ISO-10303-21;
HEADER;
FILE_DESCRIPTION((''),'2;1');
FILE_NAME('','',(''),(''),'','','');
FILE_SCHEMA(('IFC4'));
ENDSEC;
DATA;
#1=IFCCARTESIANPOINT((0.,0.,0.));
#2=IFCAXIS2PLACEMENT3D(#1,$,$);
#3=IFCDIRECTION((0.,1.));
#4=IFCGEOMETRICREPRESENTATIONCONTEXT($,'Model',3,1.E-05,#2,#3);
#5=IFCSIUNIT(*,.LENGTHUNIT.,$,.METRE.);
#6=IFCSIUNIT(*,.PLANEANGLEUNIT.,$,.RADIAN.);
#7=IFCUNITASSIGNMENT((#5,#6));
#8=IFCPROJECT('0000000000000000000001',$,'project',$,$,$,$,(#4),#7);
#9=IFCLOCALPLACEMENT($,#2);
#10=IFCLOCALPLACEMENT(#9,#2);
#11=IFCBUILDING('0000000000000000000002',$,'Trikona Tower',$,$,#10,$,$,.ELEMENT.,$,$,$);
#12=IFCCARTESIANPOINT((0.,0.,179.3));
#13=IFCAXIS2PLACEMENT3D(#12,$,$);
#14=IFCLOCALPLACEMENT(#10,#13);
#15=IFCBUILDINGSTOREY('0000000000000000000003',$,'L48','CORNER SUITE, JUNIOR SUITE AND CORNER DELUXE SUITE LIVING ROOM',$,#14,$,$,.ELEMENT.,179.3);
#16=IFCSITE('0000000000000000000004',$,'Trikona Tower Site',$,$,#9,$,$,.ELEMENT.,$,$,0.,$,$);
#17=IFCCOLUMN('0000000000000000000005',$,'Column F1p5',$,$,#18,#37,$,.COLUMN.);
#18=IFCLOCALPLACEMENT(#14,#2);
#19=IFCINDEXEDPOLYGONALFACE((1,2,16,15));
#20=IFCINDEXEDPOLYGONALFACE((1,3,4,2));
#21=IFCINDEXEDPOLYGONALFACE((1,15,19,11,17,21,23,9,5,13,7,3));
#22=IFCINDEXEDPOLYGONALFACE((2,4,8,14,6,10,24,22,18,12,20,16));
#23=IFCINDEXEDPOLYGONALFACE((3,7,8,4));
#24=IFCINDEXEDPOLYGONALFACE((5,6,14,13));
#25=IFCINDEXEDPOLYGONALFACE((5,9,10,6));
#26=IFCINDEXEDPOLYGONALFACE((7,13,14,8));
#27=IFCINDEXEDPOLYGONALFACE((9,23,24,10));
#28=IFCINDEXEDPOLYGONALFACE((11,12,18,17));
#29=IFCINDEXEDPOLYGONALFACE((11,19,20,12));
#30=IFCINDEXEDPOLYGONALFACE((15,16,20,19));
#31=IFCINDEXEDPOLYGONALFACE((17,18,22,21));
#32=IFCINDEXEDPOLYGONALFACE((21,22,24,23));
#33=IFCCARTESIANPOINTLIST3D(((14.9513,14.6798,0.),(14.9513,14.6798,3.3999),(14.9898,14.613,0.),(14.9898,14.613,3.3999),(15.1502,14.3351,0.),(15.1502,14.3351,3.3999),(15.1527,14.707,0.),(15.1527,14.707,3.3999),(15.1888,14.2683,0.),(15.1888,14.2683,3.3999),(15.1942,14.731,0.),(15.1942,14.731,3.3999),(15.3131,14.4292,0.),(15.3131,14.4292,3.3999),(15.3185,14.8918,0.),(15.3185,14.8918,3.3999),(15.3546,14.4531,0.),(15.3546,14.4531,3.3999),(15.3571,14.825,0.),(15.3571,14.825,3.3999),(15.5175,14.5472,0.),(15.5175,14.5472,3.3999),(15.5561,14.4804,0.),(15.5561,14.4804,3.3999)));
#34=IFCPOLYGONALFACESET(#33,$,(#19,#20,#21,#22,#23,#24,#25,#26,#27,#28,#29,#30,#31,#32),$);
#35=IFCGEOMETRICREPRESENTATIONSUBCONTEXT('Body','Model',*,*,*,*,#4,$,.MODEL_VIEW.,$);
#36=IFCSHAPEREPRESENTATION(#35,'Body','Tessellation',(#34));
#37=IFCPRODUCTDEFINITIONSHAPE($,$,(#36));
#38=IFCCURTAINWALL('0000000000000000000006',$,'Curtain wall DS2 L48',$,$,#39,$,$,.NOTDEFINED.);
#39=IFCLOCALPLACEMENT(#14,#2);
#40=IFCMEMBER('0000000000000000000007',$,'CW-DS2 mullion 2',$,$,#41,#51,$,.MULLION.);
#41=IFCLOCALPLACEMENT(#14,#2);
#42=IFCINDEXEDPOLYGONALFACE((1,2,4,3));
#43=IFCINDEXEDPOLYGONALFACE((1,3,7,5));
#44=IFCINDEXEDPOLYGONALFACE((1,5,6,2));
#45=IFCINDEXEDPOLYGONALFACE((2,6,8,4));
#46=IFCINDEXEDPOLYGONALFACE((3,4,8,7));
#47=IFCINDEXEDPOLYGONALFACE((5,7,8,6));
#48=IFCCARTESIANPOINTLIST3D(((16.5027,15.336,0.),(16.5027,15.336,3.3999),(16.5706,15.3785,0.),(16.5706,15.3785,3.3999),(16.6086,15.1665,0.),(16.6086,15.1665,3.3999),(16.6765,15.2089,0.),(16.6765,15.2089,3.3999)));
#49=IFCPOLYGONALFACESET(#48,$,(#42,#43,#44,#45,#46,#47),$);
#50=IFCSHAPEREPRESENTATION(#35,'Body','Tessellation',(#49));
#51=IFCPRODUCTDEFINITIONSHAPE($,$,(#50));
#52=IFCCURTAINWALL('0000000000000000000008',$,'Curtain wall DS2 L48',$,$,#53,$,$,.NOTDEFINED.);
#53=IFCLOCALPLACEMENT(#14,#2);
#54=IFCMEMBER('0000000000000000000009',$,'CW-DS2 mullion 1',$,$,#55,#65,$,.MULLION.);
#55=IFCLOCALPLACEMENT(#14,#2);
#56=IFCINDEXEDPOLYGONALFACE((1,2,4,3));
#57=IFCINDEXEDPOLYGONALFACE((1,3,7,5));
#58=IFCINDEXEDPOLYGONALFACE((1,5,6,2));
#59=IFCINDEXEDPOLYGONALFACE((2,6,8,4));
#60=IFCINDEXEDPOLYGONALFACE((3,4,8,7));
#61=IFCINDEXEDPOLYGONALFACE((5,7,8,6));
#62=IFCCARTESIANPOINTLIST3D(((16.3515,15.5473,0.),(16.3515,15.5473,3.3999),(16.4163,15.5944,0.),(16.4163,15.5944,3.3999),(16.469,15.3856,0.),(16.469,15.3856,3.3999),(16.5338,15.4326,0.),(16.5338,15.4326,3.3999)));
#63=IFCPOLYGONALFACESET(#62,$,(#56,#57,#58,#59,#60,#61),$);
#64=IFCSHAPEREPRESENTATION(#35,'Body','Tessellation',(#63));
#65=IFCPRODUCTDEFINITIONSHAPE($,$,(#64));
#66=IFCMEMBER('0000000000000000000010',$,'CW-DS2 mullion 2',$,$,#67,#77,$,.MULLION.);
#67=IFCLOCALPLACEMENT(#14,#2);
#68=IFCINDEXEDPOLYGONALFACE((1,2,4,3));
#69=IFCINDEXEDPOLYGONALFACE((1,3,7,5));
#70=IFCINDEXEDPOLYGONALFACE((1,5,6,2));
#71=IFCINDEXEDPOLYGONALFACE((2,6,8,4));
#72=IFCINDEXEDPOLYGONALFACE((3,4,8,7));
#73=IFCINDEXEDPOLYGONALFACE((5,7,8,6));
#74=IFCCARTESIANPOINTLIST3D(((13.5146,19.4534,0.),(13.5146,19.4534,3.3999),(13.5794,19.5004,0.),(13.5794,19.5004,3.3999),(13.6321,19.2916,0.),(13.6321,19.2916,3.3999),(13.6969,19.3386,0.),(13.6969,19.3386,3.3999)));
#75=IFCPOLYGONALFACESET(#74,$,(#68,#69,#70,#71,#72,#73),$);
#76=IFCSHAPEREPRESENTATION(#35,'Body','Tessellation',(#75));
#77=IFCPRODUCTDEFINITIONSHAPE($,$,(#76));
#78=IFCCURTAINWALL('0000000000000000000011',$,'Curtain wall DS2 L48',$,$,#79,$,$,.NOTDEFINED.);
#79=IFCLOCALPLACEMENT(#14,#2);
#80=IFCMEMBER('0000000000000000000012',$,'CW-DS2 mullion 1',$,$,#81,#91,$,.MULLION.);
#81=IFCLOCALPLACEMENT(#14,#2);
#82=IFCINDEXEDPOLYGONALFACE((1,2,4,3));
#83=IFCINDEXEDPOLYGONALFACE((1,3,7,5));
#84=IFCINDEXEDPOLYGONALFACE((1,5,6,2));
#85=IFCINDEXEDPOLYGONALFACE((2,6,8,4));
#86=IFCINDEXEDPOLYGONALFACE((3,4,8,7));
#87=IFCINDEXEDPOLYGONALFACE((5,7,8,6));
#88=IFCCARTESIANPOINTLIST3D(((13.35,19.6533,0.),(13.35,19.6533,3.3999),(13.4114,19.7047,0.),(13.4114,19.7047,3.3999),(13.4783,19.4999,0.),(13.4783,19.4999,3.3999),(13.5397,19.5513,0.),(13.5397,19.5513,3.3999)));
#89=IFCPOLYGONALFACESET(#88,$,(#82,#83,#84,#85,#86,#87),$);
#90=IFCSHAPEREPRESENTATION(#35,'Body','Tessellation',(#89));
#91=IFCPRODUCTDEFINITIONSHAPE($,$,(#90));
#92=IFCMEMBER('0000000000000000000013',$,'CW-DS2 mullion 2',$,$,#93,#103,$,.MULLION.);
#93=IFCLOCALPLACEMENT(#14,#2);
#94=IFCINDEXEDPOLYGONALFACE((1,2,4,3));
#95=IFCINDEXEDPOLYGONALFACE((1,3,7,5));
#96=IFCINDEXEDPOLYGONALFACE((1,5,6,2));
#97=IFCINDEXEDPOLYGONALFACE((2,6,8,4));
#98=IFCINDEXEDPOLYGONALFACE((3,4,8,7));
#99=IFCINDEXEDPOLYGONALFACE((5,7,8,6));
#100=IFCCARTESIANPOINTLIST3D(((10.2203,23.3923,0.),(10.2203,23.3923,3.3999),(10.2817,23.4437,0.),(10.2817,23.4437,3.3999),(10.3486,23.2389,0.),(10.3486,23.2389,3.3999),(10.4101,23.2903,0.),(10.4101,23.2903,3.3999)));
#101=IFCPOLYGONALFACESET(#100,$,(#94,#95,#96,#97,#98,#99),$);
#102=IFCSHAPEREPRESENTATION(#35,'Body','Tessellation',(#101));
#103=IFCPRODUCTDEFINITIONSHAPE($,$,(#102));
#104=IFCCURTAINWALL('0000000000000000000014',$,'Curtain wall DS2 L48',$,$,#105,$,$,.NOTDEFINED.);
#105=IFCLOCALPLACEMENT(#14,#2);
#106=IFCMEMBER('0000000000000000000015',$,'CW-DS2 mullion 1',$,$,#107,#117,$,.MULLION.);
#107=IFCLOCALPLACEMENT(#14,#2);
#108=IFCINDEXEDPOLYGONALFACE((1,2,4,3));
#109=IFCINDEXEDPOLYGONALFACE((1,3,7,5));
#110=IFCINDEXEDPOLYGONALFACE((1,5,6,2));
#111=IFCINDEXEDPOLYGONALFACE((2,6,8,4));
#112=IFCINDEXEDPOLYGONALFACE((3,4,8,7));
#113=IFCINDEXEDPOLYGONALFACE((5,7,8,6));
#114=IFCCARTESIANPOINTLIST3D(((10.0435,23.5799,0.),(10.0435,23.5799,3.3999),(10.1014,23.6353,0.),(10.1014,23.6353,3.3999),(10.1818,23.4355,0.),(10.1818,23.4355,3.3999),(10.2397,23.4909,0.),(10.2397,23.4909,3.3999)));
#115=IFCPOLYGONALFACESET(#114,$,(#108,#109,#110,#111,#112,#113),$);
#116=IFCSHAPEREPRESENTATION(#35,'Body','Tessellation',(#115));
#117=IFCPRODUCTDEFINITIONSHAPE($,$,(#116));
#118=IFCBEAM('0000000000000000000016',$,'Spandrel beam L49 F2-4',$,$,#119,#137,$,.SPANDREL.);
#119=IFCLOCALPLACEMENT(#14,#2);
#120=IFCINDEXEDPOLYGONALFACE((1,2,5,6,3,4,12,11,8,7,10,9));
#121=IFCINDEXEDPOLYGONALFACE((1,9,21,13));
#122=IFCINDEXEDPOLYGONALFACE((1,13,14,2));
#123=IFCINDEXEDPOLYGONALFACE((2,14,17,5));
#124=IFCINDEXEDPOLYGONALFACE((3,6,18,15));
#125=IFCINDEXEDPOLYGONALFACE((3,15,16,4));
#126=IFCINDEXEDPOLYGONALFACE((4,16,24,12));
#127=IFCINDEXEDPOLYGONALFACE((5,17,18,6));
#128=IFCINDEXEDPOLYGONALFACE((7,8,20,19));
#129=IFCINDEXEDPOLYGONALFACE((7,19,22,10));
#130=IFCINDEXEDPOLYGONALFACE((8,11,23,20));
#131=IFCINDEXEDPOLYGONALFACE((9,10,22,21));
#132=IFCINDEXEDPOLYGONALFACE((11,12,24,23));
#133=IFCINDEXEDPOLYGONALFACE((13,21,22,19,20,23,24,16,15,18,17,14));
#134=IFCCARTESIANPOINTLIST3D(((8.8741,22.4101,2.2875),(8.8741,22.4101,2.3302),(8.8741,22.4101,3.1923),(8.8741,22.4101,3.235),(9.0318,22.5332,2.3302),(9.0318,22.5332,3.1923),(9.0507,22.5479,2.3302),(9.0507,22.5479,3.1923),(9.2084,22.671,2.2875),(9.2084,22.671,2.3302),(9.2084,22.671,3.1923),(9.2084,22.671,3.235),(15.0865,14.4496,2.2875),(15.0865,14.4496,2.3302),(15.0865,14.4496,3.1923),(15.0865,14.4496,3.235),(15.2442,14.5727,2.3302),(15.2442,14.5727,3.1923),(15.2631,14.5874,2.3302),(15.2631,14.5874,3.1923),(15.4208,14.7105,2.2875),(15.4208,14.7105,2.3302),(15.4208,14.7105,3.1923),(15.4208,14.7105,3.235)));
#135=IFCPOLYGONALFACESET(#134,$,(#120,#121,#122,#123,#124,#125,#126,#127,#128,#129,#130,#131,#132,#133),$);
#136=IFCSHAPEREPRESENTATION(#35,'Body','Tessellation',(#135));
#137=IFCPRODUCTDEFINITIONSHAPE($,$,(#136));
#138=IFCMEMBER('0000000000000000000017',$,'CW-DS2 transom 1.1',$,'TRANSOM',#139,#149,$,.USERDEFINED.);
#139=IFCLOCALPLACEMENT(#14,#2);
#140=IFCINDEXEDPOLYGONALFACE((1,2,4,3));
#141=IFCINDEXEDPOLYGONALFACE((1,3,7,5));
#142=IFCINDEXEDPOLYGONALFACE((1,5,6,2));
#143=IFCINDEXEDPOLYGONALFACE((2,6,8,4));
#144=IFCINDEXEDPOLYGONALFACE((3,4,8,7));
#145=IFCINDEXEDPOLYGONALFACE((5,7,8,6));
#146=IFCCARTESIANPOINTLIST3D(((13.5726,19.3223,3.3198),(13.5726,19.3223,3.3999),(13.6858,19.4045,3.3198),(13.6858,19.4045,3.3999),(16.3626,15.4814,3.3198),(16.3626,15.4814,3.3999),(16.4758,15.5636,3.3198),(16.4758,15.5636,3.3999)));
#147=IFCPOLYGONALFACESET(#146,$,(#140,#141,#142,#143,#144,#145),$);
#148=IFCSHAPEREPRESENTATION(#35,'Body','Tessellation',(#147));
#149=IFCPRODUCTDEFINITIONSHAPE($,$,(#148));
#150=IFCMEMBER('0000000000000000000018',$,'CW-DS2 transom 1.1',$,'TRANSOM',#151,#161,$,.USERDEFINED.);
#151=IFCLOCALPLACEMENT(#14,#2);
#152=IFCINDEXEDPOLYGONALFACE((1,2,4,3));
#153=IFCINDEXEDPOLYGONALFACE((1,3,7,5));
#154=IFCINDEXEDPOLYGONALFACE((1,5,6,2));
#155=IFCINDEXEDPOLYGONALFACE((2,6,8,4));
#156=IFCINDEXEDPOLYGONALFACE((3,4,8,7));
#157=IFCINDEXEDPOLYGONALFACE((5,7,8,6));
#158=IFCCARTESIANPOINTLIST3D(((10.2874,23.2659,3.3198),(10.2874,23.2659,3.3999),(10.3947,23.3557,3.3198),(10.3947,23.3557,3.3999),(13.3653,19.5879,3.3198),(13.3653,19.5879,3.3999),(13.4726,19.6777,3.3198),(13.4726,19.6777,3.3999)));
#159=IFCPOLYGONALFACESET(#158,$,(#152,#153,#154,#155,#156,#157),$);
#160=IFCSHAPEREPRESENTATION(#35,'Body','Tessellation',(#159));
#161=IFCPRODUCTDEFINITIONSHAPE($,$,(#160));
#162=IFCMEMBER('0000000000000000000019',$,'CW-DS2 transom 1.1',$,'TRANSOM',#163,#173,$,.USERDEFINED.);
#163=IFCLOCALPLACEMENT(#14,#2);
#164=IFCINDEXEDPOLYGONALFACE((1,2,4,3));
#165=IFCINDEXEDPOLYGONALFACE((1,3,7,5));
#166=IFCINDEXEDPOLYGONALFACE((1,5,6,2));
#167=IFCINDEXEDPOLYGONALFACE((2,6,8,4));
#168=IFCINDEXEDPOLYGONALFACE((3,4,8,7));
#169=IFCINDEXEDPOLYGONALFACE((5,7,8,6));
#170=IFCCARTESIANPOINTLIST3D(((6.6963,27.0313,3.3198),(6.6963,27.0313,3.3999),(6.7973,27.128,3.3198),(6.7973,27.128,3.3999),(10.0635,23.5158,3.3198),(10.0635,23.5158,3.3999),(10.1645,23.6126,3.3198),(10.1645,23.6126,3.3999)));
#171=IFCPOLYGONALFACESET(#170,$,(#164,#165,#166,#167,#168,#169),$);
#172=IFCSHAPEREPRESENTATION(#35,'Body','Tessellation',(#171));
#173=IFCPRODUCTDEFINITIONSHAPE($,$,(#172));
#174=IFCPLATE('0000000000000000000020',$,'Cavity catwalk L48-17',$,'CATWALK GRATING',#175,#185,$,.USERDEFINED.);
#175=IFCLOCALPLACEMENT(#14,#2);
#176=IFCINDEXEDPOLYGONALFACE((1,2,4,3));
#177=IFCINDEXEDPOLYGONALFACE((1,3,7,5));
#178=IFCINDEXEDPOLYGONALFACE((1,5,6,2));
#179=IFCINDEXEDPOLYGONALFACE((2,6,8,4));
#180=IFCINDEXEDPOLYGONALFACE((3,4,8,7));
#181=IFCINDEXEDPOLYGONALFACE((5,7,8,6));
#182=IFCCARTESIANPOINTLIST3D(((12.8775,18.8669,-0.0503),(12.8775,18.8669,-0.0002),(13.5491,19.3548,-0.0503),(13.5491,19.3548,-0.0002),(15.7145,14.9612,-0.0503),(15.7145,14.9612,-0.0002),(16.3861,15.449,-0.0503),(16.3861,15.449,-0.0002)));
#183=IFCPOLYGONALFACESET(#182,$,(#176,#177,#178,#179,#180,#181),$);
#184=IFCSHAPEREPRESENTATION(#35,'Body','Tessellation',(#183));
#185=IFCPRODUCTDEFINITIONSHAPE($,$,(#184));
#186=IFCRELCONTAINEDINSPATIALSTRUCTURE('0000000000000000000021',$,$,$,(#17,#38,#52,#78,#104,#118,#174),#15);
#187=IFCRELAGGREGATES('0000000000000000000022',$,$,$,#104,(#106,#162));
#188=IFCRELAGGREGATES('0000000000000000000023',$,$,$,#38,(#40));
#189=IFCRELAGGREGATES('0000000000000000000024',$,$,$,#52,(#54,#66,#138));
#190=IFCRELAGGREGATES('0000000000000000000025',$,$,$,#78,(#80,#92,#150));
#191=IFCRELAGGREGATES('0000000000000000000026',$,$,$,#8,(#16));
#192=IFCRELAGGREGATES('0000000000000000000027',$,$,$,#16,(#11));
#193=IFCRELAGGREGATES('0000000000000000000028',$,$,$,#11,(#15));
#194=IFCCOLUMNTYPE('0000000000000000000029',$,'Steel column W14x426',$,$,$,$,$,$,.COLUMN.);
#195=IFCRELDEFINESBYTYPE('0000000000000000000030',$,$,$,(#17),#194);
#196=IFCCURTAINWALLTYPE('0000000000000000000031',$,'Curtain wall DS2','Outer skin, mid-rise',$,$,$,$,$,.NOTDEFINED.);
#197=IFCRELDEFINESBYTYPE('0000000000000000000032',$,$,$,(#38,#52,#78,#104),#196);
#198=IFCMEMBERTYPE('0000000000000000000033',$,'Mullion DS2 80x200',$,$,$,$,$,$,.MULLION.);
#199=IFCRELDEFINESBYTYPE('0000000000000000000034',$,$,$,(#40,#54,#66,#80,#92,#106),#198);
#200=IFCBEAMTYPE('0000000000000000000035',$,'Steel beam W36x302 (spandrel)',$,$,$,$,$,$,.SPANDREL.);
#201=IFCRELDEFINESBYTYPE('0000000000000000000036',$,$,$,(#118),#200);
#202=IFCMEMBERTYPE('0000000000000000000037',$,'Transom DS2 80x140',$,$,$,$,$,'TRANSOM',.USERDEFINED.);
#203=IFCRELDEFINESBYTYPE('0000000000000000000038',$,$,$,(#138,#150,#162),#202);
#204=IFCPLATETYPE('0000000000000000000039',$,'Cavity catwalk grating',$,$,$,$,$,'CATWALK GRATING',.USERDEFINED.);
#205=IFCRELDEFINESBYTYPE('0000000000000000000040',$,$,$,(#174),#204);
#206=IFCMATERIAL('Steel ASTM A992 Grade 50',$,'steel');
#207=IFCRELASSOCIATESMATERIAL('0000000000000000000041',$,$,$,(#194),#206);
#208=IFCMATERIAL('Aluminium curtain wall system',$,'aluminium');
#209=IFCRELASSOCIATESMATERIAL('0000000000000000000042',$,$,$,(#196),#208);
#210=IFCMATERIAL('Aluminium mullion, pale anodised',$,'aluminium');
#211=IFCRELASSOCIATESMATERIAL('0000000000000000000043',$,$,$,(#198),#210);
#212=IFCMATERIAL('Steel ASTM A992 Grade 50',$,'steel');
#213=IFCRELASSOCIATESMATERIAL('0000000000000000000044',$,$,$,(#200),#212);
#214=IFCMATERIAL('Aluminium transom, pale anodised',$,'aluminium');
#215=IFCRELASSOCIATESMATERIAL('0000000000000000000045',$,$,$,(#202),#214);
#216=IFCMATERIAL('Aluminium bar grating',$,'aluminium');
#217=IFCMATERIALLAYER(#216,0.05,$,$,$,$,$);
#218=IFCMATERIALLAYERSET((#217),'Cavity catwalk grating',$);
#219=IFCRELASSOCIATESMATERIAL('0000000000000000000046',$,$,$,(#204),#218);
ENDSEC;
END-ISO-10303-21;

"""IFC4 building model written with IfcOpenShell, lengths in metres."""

from ifc_helpers import new_model, si_unit, direction, frame, origin, origin_2d, place, context, subcontext, project, spatial, rectangle, i_section, extrude, material, layer, layer_set, material_profile, profile_set, type_object, element, aggregate, save


model = new_model("IFC4")

# Units and contexts
model_context = context("Model", 3, precision=1e-05, world=origin(), true_north=direction((0.0, 1.0)))
body_context = subcontext(model_context, "Body", "Model", "MODEL_VIEW")
ifc_project = project(units=[si_unit("LENGTHUNIT", "METRE"), si_unit("PLANEANGLEUNIT", "RADIAN")], contexts=[model_context])

# Site, building, storey
site_placement = place(None, origin())
site = spatial("IfcSite", under=ifc_project, at=site_placement, Name="Trikona Tower Site", CompositionType="ELEMENT", RefElevation=0.0)
building_placement = place(site_placement, origin())
building = spatial("IfcBuilding", under=site, at=building_placement, Name="Trikona Tower", CompositionType="ELEMENT")
storey_placement = place(building_placement, frame((0.0, 0.0, 179.3)))
storey = spatial("IfcBuildingStorey", under=building, at=storey_placement, Name="L48", Description="CORNER SUITE, JUNIOR SUITE AND CORNER DELUXE SUITE LIVING ROOM", CompositionType="ELEMENT", Elevation=179.3)

# Column
ifc_material_1 = material(Name="Steel ASTM A992 Grade 50", Category="steel")
ifc_material_profile_1 = material_profile(ifc_material_1, i_section(OverallWidth=0.4241, OverallDepth=0.4751, WebThickness=0.0479, FlangeThickness=0.0771, at=origin_2d()), Name="W14X426")
ifc_profile_set_1 = profile_set([ifc_material_profile_1], Name="Steel ASTM A992 Grade 50")
column_type = type_object("IfcColumnType", Name="Steel column W14x426", PredefinedType="COLUMN", material=ifc_profile_set_1)
column_placement = place(storey_placement, frame((15.2537, 14.5801, 0.0), z_axis=(0.0, 0.0, 1.0), x_axis=(0.866025, 0.5, 0.0)))
element("IfcColumn", 1, at=column_placement, inside=storey, type_object=column_type, Name="Column F1p5", PredefinedType="COLUMN", context=body_context, shape_type="SweptSolid", body=[
    extrude(i_section(OverallWidth=0.4241, OverallDepth=0.4751, WebThickness=0.0479, FlangeThickness=0.0771, at=origin_2d()), origin(), (0.0, 0.0, 1.0), 3.3999),
])

# Curtain wall, member
ifc_material_2 = material(Name="Aluminium curtain wall system", Category="aluminium")
curtain_wall_type = type_object("IfcCurtainWallType", Name="Curtain wall DS2", Description="Outer skin, mid-rise", PredefinedType="NOTDEFINED", material=ifc_material_2)
curtain_wall_1_placement = place(storey_placement, origin())
curtain_wall_1 = element("IfcCurtainWall", 2, at=curtain_wall_1_placement, inside=storey, type_object=curtain_wall_type, Name="Curtain wall DS2 L48", PredefinedType="NOTDEFINED")
ifc_material_3 = material(Name="Aluminium mullion, pale anodised", Category="aluminium")
ifc_material_profile_2 = material_profile(ifc_material_3, rectangle(XDim=0.0801, YDim=0.2, at=origin_2d()), Name="MUL-DS2")
ifc_profile_set_2 = profile_set([ifc_material_profile_2], Name="Aluminium mullion, pale anodised")
member_type_1 = type_object("IfcMemberType", Name="Mullion DS2 80x200", PredefinedType="MULLION", material=ifc_profile_set_2)
member_1_placement = place(storey_placement, frame((16.5896, 15.2725, 0.0), z_axis=(0.0, 0.0, 1.0), x_axis=(-0.847998, -0.529999, 0.0)))
member_1 = element("IfcMember", 3, at=member_1_placement, type_object=member_type_1, Name="CW-DS2 mullion 2", PredefinedType="MULLION", context=body_context, shape_type="SweptSolid", body=[
    extrude(rectangle(XDim=0.0801, YDim=0.2, at=origin_2d()), origin(), (0.0, 0.0, 1.0), 3.3999),
])

# Curtain walls, members
curtain_wall_2_placement = place(storey_placement, origin())
curtain_wall_2 = element("IfcCurtainWall", 4, at=curtain_wall_2_placement, inside=storey, type_object=curtain_wall_type, Name="Curtain wall DS2 L48", PredefinedType="NOTDEFINED")
member_2_placement = place(storey_placement, frame((16.4426, 15.49, 0.0), z_axis=(0.0, 0.0, 1.0), x_axis=(-0.809086, -0.587691, 0.0)))
member_2 = element("IfcMember", 5, at=member_2_placement, type_object=member_type_1, Name="CW-DS2 mullion 1", PredefinedType="MULLION", context=body_context, shape_type="SweptSolid", body=[
    extrude(rectangle(XDim=0.0801, YDim=0.2, at=origin_2d()), origin(), (0.0, 0.0, 1.0), 3.3999),
])
member_3_placement = place(storey_placement, frame((13.6057, 19.396, 0.0), z_axis=(0.0, 0.0, 1.0), x_axis=(-0.809086, -0.587691, 0.0)))
member_3 = element("IfcMember", 6, at=member_3_placement, type_object=member_type_1, Name="CW-DS2 mullion 2", PredefinedType="MULLION", context=body_context, shape_type="SweptSolid", body=[
    extrude(rectangle(XDim=0.0801, YDim=0.2, at=origin_2d()), origin(), (0.0, 0.0, 1.0), 3.3999),
])
curtain_wall_3_placement = place(storey_placement, origin())
curtain_wall_3 = element("IfcCurtainWall", 7, at=curtain_wall_3_placement, inside=storey, type_object=curtain_wall_type, Name="Curtain wall DS2 L48", PredefinedType="NOTDEFINED")
member_4_placement = place(storey_placement, frame((13.4448, 19.6023, 0.0), z_axis=(0.0, 0.0, 1.0), x_axis=(-0.766867, -0.641806, 0.0)))
member_4 = element("IfcMember", 8, at=member_4_placement, type_object=member_type_1, Name="CW-DS2 mullion 1", PredefinedType="MULLION", context=body_context, shape_type="SweptSolid", body=[
    extrude(rectangle(XDim=0.0801, YDim=0.2, at=origin_2d()), origin(), (0.0, 0.0, 1.0), 3.3999),
])
member_5_placement = place(storey_placement, frame((10.3152, 23.3413, 0.0), z_axis=(0.0, 0.0, 1.0), x_axis=(-0.766867, -0.641806, 0.0)))
member_5 = element("IfcMember", 9, at=member_5_placement, type_object=member_type_1, Name="CW-DS2 mullion 2", PredefinedType="MULLION", context=body_context, shape_type="SweptSolid", body=[
    extrude(rectangle(XDim=0.0801, YDim=0.2, at=origin_2d()), origin(), (0.0, 0.0, 1.0), 3.3999),
])

# Curtain wall, member
curtain_wall_4_placement = place(storey_placement, origin())
curtain_wall_4 = element("IfcCurtainWall", 10, at=curtain_wall_4_placement, inside=storey, type_object=curtain_wall_type, Name="Curtain wall DS2 L48", PredefinedType="NOTDEFINED")
member_6_placement = place(storey_placement, frame((10.1416, 23.5354, 0.0), z_axis=(0.0, 0.0, 1.0), x_axis=(-0.722158, -0.691728, 0.0)))
member_6 = element("IfcMember", 11, at=member_6_placement, type_object=member_type_1, Name="CW-DS2 mullion 1", PredefinedType="MULLION", context=body_context, shape_type="SweptSolid", body=[
    extrude(rectangle(XDim=0.0801, YDim=0.2, at=origin_2d()), origin(), (0.0, 0.0, 1.0), 3.3999),
])

# Beam
ifc_material_4 = material(Name="Steel ASTM A992 Grade 50", Category="steel")
ifc_material_profile_3 = material_profile(ifc_material_4, i_section(OverallWidth=0.4241, OverallDepth=0.9475, WebThickness=0.0239, FlangeThickness=0.0427, at=origin_2d()), Name="W36X302")
ifc_profile_set_3 = profile_set([ifc_material_profile_3], Name="Steel ASTM A992 Grade 50")
beam_type = type_object("IfcBeamType", Name="Steel beam W36x302 (spandrel)", PredefinedType="SPANDREL", material=ifc_profile_set_3)
beam_placement = place(storey_placement, frame((15.2537, 14.5801, 2.7612), z_axis=(-0.615232, 0.788346, 0.0), x_axis=(-0.788346, -0.615232, 0.0)))
element("IfcBeam", 12, at=beam_placement, inside=storey, type_object=beam_type, Name="Spandrel beam L49 F2-4", PredefinedType="SPANDREL", context=body_context, shape_type="SweptSolid", body=[
    extrude(i_section(OverallWidth=0.4241, OverallDepth=0.9475, WebThickness=0.0239, FlangeThickness=0.0427, at=origin_2d()), origin(), (0.0, 0.0, 1.0), 10.0977),
])

# Members
ifc_material_5 = material(Name="Aluminium transom, pale anodised", Category="aluminium")
ifc_material_profile_4 = material_profile(ifc_material_5, rectangle(XDim=0.1399, YDim=0.0801, at=origin_2d()), Name="TRN-DS2")
ifc_profile_set_4 = profile_set([ifc_material_profile_4], Name="Aluminium transom, pale anodised")
member_type_2 = type_object("IfcMemberType", Name="Transom DS2 80x140", ElementType="TRANSOM", PredefinedType="USERDEFINED", material=ifc_profile_set_4)
member_7_placement = place(storey_placement, frame((16.4192, 15.5225, 3.3599), z_axis=(-0.587695, 0.809083, 0.0), x_axis=(-0.809083, -0.587695, 0.0)))
member_7 = element("IfcMember", 13, at=member_7_placement, type_object=member_type_2, Name="CW-DS2 transom 1.1", ObjectType="TRANSOM", PredefinedType="USERDEFINED", context=body_context, shape_type="SweptSolid", body=[
    extrude(rectangle(XDim=0.1399, YDim=0.0801, at=origin_2d()), origin(), (0.0, 0.0, 1.0), 4.7473),
])
member_8_placement = place(storey_placement, frame((13.4189, 19.6328, 3.3599), z_axis=(-0.64177, 0.766897, 0.0), x_axis=(-0.766897, -0.64177, 0.0)))
member_8 = element("IfcMember", 14, at=member_8_placement, type_object=member_type_2, Name="CW-DS2 transom 1.1", ObjectType="TRANSOM", PredefinedType="USERDEFINED", context=body_context, shape_type="SweptSolid", body=[
    extrude(rectangle(XDim=0.1399, YDim=0.0801, at=origin_2d()), origin(), (0.0, 0.0, 1.0), 4.7959),
])
member_9_placement = place(storey_placement, frame((10.114, 23.5642, 3.3599), z_axis=(-0.691721, 0.722165, 0.0), x_axis=(-0.722165, -0.691721, 0.0)))
member_9 = element("IfcMember", 15, at=member_9_placement, type_object=member_type_2, Name="CW-DS2 transom 1.1", ObjectType="TRANSOM", PredefinedType="USERDEFINED", context=body_context, shape_type="SweptSolid", body=[
    extrude(rectangle(XDim=0.1399, YDim=0.0801, at=origin_2d()), origin(), (0.0, 0.0, 1.0), 4.8679),
])
aggregate(curtain_wall_4, [member_6, member_9])

# Plate
ifc_material_6 = material(Name="Aluminium bar grating", Category="aluminium")
ifc_layer_1 = layer(ifc_material_6, 0.05)
ifc_layer_set_1 = layer_set([ifc_layer_1], Name="Cavity catwalk grating")
plate_type_1 = type_object("IfcPlateType", Name="Cavity catwalk grating", ElementType="CATWALK GRATING", PredefinedType="USERDEFINED", material=ifc_layer_set_1)
plate_1_placement = place(storey_placement, frame((14.6318, 17.158, -0.0503), z_axis=(0.0, 0.0, 1.0), x_axis=(-0.587686, 0.809089, 0.0)))
element("IfcPlate", 16, at=plate_1_placement, inside=storey, type_object=plate_type_1, Name="Cavity catwalk L48-17", ObjectType="CATWALK GRATING", PredefinedType="USERDEFINED", context=body_context, shape_type="SweptSolid", body=[
    extrude(rectangle(XDim=4.8274, YDim=0.8301, at=origin_2d()), origin(), (0.0, 0.0, 1.0), 0.05),
])

aggregate(curtain_wall_1, [member_1])
aggregate(curtain_wall_2, [member_2, member_3, member_7])
aggregate(curtain_wall_3, [member_4, member_5, member_8])

save(model, "model.ifc")
